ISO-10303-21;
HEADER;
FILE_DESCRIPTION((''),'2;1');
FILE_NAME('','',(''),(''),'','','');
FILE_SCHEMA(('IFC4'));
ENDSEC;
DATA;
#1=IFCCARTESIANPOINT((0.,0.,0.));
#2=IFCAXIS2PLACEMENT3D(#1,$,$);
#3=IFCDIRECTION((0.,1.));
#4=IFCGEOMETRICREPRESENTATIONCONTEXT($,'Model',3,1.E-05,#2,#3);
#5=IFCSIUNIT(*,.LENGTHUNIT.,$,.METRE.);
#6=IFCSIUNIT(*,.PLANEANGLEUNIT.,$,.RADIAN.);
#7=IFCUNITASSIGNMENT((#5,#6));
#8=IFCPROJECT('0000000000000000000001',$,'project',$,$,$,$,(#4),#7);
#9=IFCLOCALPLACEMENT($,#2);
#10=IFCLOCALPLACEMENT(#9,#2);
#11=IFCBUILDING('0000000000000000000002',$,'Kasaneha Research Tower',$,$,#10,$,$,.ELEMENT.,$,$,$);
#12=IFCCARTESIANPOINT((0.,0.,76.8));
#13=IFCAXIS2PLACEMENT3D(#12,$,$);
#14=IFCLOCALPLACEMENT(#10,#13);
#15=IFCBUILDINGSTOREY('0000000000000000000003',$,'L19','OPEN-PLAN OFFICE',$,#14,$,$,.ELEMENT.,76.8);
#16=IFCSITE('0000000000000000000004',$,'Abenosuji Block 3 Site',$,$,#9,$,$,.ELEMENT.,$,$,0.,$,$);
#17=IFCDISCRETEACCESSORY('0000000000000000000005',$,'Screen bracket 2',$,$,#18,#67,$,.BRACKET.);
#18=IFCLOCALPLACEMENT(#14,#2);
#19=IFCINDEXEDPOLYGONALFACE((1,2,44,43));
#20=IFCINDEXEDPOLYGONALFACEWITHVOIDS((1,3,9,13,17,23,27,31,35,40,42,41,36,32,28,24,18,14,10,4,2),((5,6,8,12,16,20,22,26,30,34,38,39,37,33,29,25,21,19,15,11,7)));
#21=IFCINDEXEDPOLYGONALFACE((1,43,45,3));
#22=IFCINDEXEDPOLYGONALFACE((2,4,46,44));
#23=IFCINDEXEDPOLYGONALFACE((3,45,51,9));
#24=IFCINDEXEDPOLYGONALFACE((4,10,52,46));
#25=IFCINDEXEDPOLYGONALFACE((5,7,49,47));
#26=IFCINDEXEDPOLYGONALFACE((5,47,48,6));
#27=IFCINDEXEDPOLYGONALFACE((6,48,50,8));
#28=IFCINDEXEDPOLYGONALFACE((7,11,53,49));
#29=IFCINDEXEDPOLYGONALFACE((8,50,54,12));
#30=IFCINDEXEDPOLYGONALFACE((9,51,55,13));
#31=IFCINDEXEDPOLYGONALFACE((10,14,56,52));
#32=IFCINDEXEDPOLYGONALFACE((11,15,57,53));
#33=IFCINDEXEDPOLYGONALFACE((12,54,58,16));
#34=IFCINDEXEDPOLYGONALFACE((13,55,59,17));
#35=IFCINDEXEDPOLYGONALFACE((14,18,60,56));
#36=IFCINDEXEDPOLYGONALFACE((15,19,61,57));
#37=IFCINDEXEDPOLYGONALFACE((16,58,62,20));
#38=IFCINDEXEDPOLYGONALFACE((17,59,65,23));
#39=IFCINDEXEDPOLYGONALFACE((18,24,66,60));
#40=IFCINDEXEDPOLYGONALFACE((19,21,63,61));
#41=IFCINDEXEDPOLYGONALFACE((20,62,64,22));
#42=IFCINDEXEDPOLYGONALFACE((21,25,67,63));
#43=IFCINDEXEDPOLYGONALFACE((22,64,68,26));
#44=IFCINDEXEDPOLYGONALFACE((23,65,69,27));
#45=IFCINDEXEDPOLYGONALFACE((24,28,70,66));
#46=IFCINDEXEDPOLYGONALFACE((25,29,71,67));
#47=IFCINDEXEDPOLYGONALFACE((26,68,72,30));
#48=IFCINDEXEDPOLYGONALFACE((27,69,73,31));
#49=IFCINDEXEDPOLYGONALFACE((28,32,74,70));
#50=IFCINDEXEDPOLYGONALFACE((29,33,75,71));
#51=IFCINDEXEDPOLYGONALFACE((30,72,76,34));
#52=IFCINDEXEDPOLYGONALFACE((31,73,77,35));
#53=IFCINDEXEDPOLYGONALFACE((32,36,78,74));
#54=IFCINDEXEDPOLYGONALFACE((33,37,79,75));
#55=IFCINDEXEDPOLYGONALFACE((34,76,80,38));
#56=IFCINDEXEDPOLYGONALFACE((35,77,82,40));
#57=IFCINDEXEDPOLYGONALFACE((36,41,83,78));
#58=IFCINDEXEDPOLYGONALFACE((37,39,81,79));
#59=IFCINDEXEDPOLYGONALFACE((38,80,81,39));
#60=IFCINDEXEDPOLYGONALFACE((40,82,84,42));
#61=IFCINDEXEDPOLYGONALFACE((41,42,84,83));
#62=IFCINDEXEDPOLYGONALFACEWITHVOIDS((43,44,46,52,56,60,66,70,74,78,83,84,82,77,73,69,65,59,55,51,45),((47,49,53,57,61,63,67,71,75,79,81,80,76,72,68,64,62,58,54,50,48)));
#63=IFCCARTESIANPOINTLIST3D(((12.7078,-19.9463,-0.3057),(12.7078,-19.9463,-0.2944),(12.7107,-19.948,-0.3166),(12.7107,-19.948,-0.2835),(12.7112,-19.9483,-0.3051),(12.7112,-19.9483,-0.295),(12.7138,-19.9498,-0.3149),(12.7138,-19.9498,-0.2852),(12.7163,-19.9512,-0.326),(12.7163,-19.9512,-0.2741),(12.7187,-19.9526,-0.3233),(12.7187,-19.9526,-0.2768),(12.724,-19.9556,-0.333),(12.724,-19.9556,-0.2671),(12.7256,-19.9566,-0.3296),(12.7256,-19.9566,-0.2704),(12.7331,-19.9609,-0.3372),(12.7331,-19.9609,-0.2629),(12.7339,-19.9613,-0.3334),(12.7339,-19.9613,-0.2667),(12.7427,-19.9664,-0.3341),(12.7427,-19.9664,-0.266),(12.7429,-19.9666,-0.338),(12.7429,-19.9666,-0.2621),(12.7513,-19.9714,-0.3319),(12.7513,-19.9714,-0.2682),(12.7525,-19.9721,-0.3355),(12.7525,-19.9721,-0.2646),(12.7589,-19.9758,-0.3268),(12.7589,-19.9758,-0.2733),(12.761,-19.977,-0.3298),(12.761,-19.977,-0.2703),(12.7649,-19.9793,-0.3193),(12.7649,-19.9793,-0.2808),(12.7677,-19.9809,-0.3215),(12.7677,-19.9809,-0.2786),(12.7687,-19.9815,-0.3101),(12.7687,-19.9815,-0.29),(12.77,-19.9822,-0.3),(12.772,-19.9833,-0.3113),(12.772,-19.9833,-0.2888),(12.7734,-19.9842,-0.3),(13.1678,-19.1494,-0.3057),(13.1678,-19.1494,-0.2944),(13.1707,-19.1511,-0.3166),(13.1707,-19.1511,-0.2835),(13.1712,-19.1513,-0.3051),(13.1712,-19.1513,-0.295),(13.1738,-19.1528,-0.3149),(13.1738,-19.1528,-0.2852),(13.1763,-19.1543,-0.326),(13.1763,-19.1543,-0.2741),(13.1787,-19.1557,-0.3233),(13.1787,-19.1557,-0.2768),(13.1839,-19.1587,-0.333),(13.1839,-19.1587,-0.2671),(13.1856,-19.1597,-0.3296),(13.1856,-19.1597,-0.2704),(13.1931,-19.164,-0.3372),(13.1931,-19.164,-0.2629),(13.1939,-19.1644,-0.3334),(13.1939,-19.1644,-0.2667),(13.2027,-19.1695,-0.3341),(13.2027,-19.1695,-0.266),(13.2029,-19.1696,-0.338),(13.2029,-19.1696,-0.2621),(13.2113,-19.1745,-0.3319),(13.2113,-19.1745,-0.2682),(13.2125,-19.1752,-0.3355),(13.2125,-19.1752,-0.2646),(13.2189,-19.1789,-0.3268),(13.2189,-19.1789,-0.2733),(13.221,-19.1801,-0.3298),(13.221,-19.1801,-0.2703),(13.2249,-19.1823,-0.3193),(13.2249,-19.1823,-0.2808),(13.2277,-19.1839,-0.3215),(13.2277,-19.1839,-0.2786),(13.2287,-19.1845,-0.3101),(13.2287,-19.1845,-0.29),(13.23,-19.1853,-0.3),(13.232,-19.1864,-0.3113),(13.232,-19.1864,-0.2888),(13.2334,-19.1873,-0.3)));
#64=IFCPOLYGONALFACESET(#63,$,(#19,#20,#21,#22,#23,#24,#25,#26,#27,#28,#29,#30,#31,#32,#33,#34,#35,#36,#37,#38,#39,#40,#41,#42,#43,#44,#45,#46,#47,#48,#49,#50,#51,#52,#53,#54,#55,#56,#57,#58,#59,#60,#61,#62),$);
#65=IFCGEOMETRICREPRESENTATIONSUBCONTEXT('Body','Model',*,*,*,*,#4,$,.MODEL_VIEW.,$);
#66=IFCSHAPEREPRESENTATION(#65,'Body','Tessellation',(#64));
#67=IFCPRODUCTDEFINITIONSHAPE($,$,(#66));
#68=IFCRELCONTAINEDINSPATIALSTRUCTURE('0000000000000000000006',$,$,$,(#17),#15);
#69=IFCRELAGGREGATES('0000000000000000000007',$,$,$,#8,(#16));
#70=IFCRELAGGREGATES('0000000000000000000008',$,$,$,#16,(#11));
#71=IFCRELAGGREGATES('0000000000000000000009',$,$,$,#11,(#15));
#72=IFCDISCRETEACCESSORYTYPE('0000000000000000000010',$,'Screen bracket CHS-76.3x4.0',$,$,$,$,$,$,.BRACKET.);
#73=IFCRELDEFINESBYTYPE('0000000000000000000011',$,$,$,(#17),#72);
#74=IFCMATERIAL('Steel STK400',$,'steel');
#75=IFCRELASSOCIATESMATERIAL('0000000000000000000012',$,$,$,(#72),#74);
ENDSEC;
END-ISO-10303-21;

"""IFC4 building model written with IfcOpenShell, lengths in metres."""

from ifc_helpers import new_model, si_unit, direction, frame, origin, origin_2d, place, context, subcontext, project, spatial, hollow_circle, extrude, material, material_profile, profile_set, type_object, element, save


model = new_model("IFC4")

# Units and contexts
model_context = context("Model", 3, precision=1e-05, world=origin(), true_north=direction((0.0, 1.0)))
body_context = subcontext(model_context, "Body", "Model", "MODEL_VIEW")
ifc_project = project(units=[si_unit("LENGTHUNIT", "METRE"), si_unit("PLANEANGLEUNIT", "RADIAN")], contexts=[model_context])

# Site, building, storey
site_placement = place(None, origin())
site = spatial("IfcSite", under=ifc_project, at=site_placement, Name="Abenosuji Block 3 Site", CompositionType="ELEMENT", RefElevation=0.0)
building_placement = place(site_placement, origin())
building = spatial("IfcBuilding", under=site, at=building_placement, Name="Kasaneha Research Tower", CompositionType="ELEMENT")
storey_placement = place(building_placement, frame((0.0, 0.0, 76.8)))
storey = spatial("IfcBuildingStorey", under=building, at=storey_placement, Name="L19", Description="OPEN-PLAN OFFICE", CompositionType="ELEMENT", Elevation=76.8)

# Discrete accessory
ifc_material_1 = material(Name="Steel STK400", Category="steel")
ifc_material_profile_1 = material_profile(ifc_material_1, hollow_circle(Radius=0.0381, WallThickness=0.0039, at=origin_2d()), Name="CHS-76.3x4.0")
ifc_profile_set_1 = profile_set([ifc_material_profile_1], Name="Steel STK400")
discrete_accessory_type = type_object("IfcDiscreteAccessoryType", Name="Screen bracket CHS-76.3x4.0", PredefinedType="BRACKET", material=ifc_profile_set_1)
discrete_accessory_placement = place(storey_placement, frame((13.2004, -19.1682, -0.3), z_axis=(-0.499906, -0.86608, 0.0), x_axis=(0.86608, -0.499906, 0.0)))
element("IfcDiscreteAccessory", 1, at=discrete_accessory_placement, inside=storey, type_object=discrete_accessory_type, Name="Screen bracket 2", PredefinedType="BRACKET", context=body_context, shape_type="SweptSolid", body=[
    extrude(hollow_circle(Radius=0.0381, WallThickness=0.0039, at=origin_2d()), origin(), (0.0, 0.0, 1.0), 0.9202),
])

save(model, "model.ifc")
